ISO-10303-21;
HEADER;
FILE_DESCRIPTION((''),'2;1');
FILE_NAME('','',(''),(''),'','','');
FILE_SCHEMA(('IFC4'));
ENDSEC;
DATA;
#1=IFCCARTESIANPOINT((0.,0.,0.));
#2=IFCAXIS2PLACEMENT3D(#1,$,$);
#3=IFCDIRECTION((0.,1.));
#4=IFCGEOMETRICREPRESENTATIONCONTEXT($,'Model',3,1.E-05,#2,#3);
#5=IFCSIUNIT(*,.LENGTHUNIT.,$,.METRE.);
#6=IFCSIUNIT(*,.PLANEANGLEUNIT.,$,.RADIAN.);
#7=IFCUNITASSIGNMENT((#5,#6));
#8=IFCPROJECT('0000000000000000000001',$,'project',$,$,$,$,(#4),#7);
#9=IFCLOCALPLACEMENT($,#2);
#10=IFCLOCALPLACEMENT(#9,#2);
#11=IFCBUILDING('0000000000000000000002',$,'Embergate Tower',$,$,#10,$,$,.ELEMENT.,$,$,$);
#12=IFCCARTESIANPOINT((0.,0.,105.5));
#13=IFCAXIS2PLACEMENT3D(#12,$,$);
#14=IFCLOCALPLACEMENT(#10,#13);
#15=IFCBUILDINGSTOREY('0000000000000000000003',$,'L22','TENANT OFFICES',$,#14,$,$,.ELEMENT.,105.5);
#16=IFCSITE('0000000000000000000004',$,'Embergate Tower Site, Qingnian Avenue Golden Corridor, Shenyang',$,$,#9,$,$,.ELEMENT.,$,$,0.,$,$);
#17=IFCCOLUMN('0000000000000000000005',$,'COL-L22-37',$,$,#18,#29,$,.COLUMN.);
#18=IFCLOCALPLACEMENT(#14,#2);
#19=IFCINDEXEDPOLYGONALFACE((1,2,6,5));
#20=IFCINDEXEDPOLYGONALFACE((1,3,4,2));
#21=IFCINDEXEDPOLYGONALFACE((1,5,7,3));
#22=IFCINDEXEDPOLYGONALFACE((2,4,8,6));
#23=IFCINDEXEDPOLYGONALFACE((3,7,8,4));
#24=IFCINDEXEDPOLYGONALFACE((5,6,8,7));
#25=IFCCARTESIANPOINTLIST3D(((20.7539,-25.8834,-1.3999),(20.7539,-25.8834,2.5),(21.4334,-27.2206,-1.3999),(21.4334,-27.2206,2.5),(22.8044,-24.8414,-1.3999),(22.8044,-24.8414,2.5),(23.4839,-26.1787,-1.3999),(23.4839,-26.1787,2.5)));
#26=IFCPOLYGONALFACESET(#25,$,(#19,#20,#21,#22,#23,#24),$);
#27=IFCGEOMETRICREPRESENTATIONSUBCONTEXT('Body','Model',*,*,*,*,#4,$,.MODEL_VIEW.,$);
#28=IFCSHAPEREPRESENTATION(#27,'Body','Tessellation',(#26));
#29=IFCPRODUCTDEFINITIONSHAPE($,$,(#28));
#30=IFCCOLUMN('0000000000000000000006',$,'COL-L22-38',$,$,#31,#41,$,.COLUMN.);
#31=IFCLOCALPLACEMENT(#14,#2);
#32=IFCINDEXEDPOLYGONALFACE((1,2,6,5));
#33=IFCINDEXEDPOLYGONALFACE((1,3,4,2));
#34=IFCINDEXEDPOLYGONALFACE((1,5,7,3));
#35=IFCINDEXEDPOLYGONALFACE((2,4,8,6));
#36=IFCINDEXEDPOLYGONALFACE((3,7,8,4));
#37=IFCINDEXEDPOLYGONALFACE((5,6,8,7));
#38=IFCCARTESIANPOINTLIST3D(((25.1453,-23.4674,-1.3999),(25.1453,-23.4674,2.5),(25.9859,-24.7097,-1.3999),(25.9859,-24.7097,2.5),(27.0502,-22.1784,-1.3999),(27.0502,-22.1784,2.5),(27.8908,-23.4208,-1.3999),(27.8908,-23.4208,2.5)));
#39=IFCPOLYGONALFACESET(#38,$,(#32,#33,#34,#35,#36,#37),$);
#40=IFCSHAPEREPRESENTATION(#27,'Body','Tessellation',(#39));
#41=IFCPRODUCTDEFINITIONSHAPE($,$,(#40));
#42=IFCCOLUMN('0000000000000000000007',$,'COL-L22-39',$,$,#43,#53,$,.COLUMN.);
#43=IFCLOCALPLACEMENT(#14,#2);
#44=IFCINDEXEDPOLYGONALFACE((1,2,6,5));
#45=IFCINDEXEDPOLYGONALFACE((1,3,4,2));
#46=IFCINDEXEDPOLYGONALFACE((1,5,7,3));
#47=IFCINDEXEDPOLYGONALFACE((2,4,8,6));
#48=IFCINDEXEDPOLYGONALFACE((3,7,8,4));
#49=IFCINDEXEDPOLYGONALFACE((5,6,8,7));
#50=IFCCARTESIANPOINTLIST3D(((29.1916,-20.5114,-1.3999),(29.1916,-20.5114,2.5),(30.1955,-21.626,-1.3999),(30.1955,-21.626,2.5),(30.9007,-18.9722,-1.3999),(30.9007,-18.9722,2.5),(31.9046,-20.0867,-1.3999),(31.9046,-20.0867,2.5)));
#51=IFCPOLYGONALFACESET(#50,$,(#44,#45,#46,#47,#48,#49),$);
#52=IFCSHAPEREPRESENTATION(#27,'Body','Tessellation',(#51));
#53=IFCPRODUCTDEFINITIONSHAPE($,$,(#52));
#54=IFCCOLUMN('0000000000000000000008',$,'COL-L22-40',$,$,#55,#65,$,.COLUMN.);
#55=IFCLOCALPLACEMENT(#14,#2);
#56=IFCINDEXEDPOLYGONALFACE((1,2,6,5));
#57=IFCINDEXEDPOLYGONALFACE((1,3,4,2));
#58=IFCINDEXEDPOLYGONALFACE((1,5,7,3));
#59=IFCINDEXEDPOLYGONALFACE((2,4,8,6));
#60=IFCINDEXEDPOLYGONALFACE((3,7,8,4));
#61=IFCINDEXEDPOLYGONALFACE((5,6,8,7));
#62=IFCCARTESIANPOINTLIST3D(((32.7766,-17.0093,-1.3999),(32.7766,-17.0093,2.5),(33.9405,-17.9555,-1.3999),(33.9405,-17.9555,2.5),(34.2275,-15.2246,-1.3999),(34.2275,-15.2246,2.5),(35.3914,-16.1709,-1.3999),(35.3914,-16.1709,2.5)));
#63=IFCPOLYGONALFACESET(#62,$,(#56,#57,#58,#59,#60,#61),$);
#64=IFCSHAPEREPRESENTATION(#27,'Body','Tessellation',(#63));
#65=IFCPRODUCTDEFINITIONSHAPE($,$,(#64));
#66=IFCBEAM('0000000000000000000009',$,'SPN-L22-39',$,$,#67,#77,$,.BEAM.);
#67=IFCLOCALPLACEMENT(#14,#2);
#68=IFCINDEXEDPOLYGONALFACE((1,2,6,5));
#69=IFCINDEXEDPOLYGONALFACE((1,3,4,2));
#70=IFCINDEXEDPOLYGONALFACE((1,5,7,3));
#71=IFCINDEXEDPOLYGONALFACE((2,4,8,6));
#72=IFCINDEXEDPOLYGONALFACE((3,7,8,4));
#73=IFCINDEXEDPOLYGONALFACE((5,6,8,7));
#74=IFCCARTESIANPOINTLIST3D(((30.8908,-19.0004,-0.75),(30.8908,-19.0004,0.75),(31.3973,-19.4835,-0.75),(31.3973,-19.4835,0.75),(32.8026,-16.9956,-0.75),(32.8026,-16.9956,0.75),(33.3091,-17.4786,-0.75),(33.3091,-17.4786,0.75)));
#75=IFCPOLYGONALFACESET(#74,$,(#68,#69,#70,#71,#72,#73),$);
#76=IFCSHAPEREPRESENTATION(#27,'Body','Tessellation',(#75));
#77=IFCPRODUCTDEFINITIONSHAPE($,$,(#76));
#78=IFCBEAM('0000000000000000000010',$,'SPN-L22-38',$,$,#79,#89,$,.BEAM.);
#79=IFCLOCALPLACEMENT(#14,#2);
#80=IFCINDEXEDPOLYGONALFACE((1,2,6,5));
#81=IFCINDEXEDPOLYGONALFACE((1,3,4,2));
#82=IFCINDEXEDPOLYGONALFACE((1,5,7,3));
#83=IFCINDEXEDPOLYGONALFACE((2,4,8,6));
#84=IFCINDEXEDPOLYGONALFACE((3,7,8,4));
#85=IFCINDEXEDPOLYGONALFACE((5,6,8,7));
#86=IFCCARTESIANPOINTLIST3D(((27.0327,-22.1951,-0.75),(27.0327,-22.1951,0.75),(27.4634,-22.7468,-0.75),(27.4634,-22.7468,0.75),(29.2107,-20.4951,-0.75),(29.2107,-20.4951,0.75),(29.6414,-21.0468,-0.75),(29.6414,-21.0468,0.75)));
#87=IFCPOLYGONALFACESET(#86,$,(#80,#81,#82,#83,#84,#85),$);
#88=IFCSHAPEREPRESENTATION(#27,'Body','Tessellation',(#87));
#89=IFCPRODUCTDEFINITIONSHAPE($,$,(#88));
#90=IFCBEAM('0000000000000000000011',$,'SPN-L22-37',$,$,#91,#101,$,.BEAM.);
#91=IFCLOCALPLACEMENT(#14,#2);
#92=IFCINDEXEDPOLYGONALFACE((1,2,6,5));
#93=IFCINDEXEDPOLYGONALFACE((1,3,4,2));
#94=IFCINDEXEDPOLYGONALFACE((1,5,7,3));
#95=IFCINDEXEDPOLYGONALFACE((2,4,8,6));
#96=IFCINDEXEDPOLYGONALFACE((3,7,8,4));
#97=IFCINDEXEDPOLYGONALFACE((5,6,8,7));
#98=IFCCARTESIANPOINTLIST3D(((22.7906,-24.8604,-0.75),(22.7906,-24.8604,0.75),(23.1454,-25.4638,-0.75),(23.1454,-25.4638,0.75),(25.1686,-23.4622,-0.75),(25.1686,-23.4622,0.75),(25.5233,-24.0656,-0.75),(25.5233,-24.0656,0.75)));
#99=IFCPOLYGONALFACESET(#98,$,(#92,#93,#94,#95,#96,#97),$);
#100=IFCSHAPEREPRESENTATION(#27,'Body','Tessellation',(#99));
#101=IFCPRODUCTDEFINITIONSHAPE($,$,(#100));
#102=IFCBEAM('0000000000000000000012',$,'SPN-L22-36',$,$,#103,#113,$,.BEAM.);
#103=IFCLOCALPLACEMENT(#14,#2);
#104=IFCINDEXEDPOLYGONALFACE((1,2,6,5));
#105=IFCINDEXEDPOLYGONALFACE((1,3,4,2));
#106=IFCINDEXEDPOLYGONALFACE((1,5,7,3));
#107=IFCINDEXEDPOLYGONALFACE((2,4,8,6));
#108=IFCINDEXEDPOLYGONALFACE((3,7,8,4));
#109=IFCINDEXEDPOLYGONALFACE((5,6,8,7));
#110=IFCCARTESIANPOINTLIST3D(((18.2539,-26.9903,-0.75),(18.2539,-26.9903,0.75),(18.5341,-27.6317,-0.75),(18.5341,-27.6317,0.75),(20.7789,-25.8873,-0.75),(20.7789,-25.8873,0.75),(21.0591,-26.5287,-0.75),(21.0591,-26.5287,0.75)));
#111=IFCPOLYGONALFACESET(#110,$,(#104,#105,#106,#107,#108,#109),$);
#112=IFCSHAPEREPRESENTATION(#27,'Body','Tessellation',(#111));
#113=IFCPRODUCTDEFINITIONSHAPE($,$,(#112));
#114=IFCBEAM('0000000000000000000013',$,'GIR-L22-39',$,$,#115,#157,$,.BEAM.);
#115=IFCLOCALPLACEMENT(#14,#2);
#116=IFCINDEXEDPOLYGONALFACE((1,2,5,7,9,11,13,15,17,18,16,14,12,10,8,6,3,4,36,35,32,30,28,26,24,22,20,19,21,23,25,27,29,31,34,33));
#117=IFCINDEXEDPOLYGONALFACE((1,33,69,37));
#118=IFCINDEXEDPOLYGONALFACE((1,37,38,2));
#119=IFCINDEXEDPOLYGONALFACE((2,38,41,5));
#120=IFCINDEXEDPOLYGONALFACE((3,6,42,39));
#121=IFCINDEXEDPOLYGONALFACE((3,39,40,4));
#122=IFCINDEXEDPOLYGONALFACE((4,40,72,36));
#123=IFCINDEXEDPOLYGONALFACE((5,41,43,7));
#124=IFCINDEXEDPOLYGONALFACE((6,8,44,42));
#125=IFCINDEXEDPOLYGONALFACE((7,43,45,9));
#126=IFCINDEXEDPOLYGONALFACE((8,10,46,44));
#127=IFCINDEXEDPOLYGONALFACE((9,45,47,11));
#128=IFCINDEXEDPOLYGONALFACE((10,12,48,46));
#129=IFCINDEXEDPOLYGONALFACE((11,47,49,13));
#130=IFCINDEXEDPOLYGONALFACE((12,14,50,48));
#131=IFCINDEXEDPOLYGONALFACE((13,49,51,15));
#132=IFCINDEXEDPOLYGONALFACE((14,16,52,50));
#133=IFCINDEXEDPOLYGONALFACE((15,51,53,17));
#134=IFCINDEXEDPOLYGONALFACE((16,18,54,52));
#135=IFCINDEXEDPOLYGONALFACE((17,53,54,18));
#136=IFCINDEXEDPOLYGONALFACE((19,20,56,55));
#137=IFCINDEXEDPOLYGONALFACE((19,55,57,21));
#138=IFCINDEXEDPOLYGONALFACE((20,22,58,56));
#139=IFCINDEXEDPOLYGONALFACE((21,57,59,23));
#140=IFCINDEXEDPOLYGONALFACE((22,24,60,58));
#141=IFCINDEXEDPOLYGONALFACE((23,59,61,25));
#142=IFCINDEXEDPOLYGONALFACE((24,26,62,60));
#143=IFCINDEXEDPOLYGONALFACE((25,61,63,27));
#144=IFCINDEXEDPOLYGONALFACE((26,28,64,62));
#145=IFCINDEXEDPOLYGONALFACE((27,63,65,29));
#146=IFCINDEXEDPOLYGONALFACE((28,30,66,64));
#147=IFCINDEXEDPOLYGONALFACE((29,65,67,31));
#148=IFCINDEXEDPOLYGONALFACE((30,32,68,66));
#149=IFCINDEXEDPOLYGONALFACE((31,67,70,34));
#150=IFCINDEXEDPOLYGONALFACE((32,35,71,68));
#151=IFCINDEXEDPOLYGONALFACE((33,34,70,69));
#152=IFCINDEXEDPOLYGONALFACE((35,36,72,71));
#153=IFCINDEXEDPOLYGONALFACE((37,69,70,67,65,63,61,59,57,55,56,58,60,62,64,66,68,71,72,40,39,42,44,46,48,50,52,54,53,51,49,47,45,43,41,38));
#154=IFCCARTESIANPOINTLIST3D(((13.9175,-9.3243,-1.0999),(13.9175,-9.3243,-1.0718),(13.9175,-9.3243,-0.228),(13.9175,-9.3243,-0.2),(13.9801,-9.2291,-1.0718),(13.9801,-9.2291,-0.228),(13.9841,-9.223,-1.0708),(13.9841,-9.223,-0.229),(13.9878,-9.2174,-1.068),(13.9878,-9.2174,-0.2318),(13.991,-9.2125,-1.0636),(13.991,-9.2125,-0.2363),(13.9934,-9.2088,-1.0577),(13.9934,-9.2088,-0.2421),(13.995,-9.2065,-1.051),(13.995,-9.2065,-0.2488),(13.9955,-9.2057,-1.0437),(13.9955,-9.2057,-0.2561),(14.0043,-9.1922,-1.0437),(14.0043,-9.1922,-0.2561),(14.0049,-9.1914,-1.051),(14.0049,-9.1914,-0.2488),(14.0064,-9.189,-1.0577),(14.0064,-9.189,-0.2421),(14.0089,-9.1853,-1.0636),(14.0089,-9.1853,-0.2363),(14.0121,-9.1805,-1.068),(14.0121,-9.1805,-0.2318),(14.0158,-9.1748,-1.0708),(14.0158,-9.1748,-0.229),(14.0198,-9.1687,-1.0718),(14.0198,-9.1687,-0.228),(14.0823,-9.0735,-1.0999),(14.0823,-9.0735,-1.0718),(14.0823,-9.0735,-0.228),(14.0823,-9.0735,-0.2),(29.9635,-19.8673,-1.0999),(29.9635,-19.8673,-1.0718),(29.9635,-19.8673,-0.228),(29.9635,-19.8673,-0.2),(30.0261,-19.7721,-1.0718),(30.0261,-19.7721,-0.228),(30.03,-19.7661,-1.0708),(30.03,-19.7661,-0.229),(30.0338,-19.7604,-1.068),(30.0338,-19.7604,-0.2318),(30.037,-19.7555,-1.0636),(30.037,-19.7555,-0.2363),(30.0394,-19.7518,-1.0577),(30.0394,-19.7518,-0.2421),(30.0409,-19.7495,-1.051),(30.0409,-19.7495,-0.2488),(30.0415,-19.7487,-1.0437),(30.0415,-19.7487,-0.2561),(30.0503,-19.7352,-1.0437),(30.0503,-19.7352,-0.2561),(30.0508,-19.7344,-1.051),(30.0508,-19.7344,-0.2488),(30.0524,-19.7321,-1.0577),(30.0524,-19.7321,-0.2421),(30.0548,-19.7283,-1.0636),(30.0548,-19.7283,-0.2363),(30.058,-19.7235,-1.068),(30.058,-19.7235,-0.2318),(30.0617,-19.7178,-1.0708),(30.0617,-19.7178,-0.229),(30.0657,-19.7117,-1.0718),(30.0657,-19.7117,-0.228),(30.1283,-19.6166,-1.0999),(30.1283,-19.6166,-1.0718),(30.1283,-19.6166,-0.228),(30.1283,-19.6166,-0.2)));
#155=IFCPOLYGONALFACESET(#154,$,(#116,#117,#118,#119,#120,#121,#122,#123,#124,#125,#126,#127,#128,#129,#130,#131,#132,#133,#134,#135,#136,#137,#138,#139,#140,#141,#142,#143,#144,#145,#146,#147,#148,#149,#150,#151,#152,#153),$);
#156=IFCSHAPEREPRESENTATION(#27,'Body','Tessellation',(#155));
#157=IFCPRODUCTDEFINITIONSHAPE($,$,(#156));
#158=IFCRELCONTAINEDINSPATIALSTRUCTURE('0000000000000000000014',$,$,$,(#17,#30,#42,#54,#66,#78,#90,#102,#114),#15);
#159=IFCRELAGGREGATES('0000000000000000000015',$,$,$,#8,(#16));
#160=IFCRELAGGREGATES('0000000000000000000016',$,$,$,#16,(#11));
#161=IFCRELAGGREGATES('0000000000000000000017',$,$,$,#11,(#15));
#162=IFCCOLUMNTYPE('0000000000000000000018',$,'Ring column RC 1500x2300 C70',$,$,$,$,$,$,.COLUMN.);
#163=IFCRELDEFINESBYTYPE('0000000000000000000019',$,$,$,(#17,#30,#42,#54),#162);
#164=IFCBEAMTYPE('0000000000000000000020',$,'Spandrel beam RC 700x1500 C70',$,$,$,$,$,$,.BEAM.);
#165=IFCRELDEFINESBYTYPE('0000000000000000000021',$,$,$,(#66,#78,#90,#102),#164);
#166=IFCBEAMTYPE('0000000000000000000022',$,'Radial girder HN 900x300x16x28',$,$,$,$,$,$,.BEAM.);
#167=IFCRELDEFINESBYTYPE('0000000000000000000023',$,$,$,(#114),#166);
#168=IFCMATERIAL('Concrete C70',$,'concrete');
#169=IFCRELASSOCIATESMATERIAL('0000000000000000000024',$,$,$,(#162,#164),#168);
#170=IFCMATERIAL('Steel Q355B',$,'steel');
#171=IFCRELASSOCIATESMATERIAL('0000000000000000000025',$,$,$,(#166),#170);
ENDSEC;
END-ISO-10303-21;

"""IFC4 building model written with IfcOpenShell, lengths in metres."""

from ifc_helpers import new_model, si_unit, direction, frame, origin, origin_2d, place, context, subcontext, project, spatial, rectangle, i_section, extrude, source, transform, mapped, material, material_profile, profile_set, type_object, element, save


model = new_model("IFC4")

# Units and contexts
model_context = context("Model", 3, precision=1e-05, world=origin(), true_north=direction((0.0, 1.0)))
body_context = subcontext(model_context, "Body", "Model", "MODEL_VIEW")
ifc_project = project(units=[si_unit("LENGTHUNIT", "METRE"), si_unit("PLANEANGLEUNIT", "RADIAN")], contexts=[model_context])

# Site, building, storey
site_placement = place(None, origin())
site = spatial("IfcSite", under=ifc_project, at=site_placement, Name="Embergate Tower Site, Qingnian Avenue Golden Corridor, Shenyang", CompositionType="ELEMENT", RefElevation=0.0)
building_placement = place(site_placement, origin())
building = spatial("IfcBuilding", under=site, at=building_placement, Name="Embergate Tower", CompositionType="ELEMENT")
storey_placement = place(building_placement, frame((0.0, 0.0, 105.5)))
storey = spatial("IfcBuildingStorey", under=building, at=storey_placement, Name="L22", Description="TENANT OFFICES", CompositionType="ELEMENT", Elevation=105.5)

# Columns
ifc_material_1 = material(Name="Concrete C70", Category="concrete")
ifc_material_profile_1 = material_profile(ifc_material_1, rectangle(XDim=1.5, YDim=2.3, at=origin_2d()), Name="RC 1500x2300")
ifc_profile_set_1 = profile_set([ifc_material_profile_1], Name="Concrete C70")
column_type = type_object("IfcColumnType", Name="Ring column RC 1500x2300 C70", PredefinedType="COLUMN", material=ifc_profile_set_1)
shared_shape_1 = source(origin(), body_context, "Body", "SweptSolid", [
    extrude(rectangle(XDim=1.5, YDim=2.3, at=origin_2d()), origin(), (0.0, 0.0, 1.0), 3.8999),
])
for number, where, z_axis, x_axis, name in (
    (1, (22.1189, -26.031, -1.3999), (0.0, 0.0, 1.0), (0.453011, -0.891505, 0.0), "COL-L22-37"),
    (2, (26.5181, -23.4441, -1.3999), (0.0, 0.0, 1.0), (0.560408, -0.828217, 0.0), "COL-L22-38"),
    (3, (30.5481, -20.2991, -1.3999), (0.0, 0.0, 1.0), (0.669221, -0.743063, 0.0), "COL-L22-39"),
    (4, (34.084, -16.5901, -1.3999), (0.0, 0.0, 1.0), (0.775925, -0.630825, 0.0), "COL-L22-40"),
):
    element("IfcColumn", number, at=place(storey_placement, frame(where, z_axis=z_axis, x_axis=x_axis)), inside=storey, type_object=column_type, Name=name, PredefinedType="COLUMN", context=body_context, shape_type="MappedRepresentation", body=[
        mapped(shared_shape_1, transform((0.0, 0.0, 0.0))),
    ])

# Beams
ifc_material_profile_2 = material_profile(ifc_material_1, rectangle(XDim=0.7, YDim=1.5, at=origin_2d()), Name="RC 700x1500")
ifc_profile_set_2 = profile_set([ifc_material_profile_2], Name="Concrete C70")
beam_type_1 = type_object("IfcBeamType", Name="Spandrel beam RC 700x1500 C70", PredefinedType="BEAM", material=ifc_profile_set_2)
shared_shape_2 = source(origin(), body_context, "Body", "SweptSolid", [
    extrude(rectangle(XDim=0.7, YDim=1.5, at=origin_2d()), origin(), (0.0, 0.0, 1.0), 2.7703),
])
beam_1_placement = place(storey_placement, frame((31.144, -19.2419, 0.0), z_axis=(0.690119, 0.723696, 0.0), x_axis=(-0.723696, 0.690119, 0.0)))
element("IfcBeam", 5, at=beam_1_placement, inside=storey, type_object=beam_type_1, Name="SPN-L22-39", PredefinedType="BEAM", context=body_context, shape_type="MappedRepresentation", body=[
    mapped(shared_shape_2, transform((0.0, 0.0, 0.0))),
])
shared_shape_3 = source(origin(), body_context, "Body", "SweptSolid", [
    extrude(rectangle(XDim=0.7, YDim=1.5, at=origin_2d()), origin(), (0.0, 0.0, 1.0), 2.7629),
])
beam_2_placement = place(storey_placement, frame((27.248, -22.4709, 0.0), z_axis=(0.788304, 0.615286, 0.0), x_axis=(-0.615286, 0.788304, 0.0)))
element("IfcBeam", 6, at=beam_2_placement, inside=storey, type_object=beam_type_1, Name="SPN-L22-38", PredefinedType="BEAM", context=body_context, shape_type="MappedRepresentation", body=[
    mapped(shared_shape_3, transform((0.0, 0.0, 0.0))),
])
shared_shape_4 = source(origin(), body_context, "Body", "SweptSolid", [
    extrude(rectangle(XDim=0.7, YDim=1.5, at=origin_2d()), origin(), (0.0, 0.0, 1.0), 2.7585),
])
beam_3_placement = place(storey_placement, frame((22.968, -25.1621, 0.0), z_axis=(0.862027, 0.506862, 0.0), x_axis=(-0.506862, 0.862027, 0.0)))
element("IfcBeam", 7, at=beam_3_placement, inside=storey, type_object=beam_type_1, Name="SPN-L22-37", PredefinedType="BEAM", context=body_context, shape_type="MappedRepresentation", body=[
    mapped(shared_shape_4, transform((0.0, 0.0, 0.0))),
])
shared_shape_5 = source(origin(), body_context, "Body", "SweptSolid", [
    extrude(rectangle(XDim=0.7, YDim=1.5, at=origin_2d()), origin(), (0.0, 0.0, 1.0), 2.7554),
])
beam_4_placement = place(storey_placement, frame((18.394, -27.311, 0.0), z_axis=(0.916373, 0.400326, 0.0), x_axis=(-0.400326, 0.916373, 0.0)))
element("IfcBeam", 8, at=beam_4_placement, inside=storey, type_object=beam_type_1, Name="SPN-L22-36", PredefinedType="BEAM", context=body_context, shape_type="MappedRepresentation", body=[
    mapped(shared_shape_5, transform((0.0, 0.0, 0.0))),
])
ifc_material_2 = material(Name="Steel Q355B", Category="steel")
ifc_material_profile_3 = material_profile(ifc_material_2, i_section(OverallWidth=0.3, OverallDepth=0.8999, WebThickness=0.0161, FlangeThickness=0.0281, FilletRadius=0.0281, at=origin_2d()), Name="HN 900x300x16x28")
ifc_profile_set_3 = profile_set([ifc_material_profile_3], Name="Steel Q355 grade B")
beam_type_2 = type_object("IfcBeamType", Name="Radial girder HN 900x300x16x28", PredefinedType="BEAM", material=ifc_profile_set_3)
shared_shape_6 = source(origin(), body_context, "Body", "SweptSolid", [
    extrude(i_section(OverallWidth=0.3, OverallDepth=0.8999, WebThickness=0.0161, FlangeThickness=0.0281, FilletRadius=0.0281, at=origin_2d()), origin(), (0.0, 0.0, 1.0), 19.1997),
])
beam_5_placement = place(storey_placement, frame((30.0459, -19.7419, -0.6499), z_axis=(-0.835741, 0.549124, 0.0), x_axis=(-0.549124, -0.835741, 0.0)))
element("IfcBeam", 9, at=beam_5_placement, inside=storey, type_object=beam_type_2, Name="GIR-L22-39", PredefinedType="BEAM", context=body_context, shape_type="MappedRepresentation", body=[
    mapped(shared_shape_6, transform((0.0, 0.0, 0.0))),
])

save(model, "model.ifc")
